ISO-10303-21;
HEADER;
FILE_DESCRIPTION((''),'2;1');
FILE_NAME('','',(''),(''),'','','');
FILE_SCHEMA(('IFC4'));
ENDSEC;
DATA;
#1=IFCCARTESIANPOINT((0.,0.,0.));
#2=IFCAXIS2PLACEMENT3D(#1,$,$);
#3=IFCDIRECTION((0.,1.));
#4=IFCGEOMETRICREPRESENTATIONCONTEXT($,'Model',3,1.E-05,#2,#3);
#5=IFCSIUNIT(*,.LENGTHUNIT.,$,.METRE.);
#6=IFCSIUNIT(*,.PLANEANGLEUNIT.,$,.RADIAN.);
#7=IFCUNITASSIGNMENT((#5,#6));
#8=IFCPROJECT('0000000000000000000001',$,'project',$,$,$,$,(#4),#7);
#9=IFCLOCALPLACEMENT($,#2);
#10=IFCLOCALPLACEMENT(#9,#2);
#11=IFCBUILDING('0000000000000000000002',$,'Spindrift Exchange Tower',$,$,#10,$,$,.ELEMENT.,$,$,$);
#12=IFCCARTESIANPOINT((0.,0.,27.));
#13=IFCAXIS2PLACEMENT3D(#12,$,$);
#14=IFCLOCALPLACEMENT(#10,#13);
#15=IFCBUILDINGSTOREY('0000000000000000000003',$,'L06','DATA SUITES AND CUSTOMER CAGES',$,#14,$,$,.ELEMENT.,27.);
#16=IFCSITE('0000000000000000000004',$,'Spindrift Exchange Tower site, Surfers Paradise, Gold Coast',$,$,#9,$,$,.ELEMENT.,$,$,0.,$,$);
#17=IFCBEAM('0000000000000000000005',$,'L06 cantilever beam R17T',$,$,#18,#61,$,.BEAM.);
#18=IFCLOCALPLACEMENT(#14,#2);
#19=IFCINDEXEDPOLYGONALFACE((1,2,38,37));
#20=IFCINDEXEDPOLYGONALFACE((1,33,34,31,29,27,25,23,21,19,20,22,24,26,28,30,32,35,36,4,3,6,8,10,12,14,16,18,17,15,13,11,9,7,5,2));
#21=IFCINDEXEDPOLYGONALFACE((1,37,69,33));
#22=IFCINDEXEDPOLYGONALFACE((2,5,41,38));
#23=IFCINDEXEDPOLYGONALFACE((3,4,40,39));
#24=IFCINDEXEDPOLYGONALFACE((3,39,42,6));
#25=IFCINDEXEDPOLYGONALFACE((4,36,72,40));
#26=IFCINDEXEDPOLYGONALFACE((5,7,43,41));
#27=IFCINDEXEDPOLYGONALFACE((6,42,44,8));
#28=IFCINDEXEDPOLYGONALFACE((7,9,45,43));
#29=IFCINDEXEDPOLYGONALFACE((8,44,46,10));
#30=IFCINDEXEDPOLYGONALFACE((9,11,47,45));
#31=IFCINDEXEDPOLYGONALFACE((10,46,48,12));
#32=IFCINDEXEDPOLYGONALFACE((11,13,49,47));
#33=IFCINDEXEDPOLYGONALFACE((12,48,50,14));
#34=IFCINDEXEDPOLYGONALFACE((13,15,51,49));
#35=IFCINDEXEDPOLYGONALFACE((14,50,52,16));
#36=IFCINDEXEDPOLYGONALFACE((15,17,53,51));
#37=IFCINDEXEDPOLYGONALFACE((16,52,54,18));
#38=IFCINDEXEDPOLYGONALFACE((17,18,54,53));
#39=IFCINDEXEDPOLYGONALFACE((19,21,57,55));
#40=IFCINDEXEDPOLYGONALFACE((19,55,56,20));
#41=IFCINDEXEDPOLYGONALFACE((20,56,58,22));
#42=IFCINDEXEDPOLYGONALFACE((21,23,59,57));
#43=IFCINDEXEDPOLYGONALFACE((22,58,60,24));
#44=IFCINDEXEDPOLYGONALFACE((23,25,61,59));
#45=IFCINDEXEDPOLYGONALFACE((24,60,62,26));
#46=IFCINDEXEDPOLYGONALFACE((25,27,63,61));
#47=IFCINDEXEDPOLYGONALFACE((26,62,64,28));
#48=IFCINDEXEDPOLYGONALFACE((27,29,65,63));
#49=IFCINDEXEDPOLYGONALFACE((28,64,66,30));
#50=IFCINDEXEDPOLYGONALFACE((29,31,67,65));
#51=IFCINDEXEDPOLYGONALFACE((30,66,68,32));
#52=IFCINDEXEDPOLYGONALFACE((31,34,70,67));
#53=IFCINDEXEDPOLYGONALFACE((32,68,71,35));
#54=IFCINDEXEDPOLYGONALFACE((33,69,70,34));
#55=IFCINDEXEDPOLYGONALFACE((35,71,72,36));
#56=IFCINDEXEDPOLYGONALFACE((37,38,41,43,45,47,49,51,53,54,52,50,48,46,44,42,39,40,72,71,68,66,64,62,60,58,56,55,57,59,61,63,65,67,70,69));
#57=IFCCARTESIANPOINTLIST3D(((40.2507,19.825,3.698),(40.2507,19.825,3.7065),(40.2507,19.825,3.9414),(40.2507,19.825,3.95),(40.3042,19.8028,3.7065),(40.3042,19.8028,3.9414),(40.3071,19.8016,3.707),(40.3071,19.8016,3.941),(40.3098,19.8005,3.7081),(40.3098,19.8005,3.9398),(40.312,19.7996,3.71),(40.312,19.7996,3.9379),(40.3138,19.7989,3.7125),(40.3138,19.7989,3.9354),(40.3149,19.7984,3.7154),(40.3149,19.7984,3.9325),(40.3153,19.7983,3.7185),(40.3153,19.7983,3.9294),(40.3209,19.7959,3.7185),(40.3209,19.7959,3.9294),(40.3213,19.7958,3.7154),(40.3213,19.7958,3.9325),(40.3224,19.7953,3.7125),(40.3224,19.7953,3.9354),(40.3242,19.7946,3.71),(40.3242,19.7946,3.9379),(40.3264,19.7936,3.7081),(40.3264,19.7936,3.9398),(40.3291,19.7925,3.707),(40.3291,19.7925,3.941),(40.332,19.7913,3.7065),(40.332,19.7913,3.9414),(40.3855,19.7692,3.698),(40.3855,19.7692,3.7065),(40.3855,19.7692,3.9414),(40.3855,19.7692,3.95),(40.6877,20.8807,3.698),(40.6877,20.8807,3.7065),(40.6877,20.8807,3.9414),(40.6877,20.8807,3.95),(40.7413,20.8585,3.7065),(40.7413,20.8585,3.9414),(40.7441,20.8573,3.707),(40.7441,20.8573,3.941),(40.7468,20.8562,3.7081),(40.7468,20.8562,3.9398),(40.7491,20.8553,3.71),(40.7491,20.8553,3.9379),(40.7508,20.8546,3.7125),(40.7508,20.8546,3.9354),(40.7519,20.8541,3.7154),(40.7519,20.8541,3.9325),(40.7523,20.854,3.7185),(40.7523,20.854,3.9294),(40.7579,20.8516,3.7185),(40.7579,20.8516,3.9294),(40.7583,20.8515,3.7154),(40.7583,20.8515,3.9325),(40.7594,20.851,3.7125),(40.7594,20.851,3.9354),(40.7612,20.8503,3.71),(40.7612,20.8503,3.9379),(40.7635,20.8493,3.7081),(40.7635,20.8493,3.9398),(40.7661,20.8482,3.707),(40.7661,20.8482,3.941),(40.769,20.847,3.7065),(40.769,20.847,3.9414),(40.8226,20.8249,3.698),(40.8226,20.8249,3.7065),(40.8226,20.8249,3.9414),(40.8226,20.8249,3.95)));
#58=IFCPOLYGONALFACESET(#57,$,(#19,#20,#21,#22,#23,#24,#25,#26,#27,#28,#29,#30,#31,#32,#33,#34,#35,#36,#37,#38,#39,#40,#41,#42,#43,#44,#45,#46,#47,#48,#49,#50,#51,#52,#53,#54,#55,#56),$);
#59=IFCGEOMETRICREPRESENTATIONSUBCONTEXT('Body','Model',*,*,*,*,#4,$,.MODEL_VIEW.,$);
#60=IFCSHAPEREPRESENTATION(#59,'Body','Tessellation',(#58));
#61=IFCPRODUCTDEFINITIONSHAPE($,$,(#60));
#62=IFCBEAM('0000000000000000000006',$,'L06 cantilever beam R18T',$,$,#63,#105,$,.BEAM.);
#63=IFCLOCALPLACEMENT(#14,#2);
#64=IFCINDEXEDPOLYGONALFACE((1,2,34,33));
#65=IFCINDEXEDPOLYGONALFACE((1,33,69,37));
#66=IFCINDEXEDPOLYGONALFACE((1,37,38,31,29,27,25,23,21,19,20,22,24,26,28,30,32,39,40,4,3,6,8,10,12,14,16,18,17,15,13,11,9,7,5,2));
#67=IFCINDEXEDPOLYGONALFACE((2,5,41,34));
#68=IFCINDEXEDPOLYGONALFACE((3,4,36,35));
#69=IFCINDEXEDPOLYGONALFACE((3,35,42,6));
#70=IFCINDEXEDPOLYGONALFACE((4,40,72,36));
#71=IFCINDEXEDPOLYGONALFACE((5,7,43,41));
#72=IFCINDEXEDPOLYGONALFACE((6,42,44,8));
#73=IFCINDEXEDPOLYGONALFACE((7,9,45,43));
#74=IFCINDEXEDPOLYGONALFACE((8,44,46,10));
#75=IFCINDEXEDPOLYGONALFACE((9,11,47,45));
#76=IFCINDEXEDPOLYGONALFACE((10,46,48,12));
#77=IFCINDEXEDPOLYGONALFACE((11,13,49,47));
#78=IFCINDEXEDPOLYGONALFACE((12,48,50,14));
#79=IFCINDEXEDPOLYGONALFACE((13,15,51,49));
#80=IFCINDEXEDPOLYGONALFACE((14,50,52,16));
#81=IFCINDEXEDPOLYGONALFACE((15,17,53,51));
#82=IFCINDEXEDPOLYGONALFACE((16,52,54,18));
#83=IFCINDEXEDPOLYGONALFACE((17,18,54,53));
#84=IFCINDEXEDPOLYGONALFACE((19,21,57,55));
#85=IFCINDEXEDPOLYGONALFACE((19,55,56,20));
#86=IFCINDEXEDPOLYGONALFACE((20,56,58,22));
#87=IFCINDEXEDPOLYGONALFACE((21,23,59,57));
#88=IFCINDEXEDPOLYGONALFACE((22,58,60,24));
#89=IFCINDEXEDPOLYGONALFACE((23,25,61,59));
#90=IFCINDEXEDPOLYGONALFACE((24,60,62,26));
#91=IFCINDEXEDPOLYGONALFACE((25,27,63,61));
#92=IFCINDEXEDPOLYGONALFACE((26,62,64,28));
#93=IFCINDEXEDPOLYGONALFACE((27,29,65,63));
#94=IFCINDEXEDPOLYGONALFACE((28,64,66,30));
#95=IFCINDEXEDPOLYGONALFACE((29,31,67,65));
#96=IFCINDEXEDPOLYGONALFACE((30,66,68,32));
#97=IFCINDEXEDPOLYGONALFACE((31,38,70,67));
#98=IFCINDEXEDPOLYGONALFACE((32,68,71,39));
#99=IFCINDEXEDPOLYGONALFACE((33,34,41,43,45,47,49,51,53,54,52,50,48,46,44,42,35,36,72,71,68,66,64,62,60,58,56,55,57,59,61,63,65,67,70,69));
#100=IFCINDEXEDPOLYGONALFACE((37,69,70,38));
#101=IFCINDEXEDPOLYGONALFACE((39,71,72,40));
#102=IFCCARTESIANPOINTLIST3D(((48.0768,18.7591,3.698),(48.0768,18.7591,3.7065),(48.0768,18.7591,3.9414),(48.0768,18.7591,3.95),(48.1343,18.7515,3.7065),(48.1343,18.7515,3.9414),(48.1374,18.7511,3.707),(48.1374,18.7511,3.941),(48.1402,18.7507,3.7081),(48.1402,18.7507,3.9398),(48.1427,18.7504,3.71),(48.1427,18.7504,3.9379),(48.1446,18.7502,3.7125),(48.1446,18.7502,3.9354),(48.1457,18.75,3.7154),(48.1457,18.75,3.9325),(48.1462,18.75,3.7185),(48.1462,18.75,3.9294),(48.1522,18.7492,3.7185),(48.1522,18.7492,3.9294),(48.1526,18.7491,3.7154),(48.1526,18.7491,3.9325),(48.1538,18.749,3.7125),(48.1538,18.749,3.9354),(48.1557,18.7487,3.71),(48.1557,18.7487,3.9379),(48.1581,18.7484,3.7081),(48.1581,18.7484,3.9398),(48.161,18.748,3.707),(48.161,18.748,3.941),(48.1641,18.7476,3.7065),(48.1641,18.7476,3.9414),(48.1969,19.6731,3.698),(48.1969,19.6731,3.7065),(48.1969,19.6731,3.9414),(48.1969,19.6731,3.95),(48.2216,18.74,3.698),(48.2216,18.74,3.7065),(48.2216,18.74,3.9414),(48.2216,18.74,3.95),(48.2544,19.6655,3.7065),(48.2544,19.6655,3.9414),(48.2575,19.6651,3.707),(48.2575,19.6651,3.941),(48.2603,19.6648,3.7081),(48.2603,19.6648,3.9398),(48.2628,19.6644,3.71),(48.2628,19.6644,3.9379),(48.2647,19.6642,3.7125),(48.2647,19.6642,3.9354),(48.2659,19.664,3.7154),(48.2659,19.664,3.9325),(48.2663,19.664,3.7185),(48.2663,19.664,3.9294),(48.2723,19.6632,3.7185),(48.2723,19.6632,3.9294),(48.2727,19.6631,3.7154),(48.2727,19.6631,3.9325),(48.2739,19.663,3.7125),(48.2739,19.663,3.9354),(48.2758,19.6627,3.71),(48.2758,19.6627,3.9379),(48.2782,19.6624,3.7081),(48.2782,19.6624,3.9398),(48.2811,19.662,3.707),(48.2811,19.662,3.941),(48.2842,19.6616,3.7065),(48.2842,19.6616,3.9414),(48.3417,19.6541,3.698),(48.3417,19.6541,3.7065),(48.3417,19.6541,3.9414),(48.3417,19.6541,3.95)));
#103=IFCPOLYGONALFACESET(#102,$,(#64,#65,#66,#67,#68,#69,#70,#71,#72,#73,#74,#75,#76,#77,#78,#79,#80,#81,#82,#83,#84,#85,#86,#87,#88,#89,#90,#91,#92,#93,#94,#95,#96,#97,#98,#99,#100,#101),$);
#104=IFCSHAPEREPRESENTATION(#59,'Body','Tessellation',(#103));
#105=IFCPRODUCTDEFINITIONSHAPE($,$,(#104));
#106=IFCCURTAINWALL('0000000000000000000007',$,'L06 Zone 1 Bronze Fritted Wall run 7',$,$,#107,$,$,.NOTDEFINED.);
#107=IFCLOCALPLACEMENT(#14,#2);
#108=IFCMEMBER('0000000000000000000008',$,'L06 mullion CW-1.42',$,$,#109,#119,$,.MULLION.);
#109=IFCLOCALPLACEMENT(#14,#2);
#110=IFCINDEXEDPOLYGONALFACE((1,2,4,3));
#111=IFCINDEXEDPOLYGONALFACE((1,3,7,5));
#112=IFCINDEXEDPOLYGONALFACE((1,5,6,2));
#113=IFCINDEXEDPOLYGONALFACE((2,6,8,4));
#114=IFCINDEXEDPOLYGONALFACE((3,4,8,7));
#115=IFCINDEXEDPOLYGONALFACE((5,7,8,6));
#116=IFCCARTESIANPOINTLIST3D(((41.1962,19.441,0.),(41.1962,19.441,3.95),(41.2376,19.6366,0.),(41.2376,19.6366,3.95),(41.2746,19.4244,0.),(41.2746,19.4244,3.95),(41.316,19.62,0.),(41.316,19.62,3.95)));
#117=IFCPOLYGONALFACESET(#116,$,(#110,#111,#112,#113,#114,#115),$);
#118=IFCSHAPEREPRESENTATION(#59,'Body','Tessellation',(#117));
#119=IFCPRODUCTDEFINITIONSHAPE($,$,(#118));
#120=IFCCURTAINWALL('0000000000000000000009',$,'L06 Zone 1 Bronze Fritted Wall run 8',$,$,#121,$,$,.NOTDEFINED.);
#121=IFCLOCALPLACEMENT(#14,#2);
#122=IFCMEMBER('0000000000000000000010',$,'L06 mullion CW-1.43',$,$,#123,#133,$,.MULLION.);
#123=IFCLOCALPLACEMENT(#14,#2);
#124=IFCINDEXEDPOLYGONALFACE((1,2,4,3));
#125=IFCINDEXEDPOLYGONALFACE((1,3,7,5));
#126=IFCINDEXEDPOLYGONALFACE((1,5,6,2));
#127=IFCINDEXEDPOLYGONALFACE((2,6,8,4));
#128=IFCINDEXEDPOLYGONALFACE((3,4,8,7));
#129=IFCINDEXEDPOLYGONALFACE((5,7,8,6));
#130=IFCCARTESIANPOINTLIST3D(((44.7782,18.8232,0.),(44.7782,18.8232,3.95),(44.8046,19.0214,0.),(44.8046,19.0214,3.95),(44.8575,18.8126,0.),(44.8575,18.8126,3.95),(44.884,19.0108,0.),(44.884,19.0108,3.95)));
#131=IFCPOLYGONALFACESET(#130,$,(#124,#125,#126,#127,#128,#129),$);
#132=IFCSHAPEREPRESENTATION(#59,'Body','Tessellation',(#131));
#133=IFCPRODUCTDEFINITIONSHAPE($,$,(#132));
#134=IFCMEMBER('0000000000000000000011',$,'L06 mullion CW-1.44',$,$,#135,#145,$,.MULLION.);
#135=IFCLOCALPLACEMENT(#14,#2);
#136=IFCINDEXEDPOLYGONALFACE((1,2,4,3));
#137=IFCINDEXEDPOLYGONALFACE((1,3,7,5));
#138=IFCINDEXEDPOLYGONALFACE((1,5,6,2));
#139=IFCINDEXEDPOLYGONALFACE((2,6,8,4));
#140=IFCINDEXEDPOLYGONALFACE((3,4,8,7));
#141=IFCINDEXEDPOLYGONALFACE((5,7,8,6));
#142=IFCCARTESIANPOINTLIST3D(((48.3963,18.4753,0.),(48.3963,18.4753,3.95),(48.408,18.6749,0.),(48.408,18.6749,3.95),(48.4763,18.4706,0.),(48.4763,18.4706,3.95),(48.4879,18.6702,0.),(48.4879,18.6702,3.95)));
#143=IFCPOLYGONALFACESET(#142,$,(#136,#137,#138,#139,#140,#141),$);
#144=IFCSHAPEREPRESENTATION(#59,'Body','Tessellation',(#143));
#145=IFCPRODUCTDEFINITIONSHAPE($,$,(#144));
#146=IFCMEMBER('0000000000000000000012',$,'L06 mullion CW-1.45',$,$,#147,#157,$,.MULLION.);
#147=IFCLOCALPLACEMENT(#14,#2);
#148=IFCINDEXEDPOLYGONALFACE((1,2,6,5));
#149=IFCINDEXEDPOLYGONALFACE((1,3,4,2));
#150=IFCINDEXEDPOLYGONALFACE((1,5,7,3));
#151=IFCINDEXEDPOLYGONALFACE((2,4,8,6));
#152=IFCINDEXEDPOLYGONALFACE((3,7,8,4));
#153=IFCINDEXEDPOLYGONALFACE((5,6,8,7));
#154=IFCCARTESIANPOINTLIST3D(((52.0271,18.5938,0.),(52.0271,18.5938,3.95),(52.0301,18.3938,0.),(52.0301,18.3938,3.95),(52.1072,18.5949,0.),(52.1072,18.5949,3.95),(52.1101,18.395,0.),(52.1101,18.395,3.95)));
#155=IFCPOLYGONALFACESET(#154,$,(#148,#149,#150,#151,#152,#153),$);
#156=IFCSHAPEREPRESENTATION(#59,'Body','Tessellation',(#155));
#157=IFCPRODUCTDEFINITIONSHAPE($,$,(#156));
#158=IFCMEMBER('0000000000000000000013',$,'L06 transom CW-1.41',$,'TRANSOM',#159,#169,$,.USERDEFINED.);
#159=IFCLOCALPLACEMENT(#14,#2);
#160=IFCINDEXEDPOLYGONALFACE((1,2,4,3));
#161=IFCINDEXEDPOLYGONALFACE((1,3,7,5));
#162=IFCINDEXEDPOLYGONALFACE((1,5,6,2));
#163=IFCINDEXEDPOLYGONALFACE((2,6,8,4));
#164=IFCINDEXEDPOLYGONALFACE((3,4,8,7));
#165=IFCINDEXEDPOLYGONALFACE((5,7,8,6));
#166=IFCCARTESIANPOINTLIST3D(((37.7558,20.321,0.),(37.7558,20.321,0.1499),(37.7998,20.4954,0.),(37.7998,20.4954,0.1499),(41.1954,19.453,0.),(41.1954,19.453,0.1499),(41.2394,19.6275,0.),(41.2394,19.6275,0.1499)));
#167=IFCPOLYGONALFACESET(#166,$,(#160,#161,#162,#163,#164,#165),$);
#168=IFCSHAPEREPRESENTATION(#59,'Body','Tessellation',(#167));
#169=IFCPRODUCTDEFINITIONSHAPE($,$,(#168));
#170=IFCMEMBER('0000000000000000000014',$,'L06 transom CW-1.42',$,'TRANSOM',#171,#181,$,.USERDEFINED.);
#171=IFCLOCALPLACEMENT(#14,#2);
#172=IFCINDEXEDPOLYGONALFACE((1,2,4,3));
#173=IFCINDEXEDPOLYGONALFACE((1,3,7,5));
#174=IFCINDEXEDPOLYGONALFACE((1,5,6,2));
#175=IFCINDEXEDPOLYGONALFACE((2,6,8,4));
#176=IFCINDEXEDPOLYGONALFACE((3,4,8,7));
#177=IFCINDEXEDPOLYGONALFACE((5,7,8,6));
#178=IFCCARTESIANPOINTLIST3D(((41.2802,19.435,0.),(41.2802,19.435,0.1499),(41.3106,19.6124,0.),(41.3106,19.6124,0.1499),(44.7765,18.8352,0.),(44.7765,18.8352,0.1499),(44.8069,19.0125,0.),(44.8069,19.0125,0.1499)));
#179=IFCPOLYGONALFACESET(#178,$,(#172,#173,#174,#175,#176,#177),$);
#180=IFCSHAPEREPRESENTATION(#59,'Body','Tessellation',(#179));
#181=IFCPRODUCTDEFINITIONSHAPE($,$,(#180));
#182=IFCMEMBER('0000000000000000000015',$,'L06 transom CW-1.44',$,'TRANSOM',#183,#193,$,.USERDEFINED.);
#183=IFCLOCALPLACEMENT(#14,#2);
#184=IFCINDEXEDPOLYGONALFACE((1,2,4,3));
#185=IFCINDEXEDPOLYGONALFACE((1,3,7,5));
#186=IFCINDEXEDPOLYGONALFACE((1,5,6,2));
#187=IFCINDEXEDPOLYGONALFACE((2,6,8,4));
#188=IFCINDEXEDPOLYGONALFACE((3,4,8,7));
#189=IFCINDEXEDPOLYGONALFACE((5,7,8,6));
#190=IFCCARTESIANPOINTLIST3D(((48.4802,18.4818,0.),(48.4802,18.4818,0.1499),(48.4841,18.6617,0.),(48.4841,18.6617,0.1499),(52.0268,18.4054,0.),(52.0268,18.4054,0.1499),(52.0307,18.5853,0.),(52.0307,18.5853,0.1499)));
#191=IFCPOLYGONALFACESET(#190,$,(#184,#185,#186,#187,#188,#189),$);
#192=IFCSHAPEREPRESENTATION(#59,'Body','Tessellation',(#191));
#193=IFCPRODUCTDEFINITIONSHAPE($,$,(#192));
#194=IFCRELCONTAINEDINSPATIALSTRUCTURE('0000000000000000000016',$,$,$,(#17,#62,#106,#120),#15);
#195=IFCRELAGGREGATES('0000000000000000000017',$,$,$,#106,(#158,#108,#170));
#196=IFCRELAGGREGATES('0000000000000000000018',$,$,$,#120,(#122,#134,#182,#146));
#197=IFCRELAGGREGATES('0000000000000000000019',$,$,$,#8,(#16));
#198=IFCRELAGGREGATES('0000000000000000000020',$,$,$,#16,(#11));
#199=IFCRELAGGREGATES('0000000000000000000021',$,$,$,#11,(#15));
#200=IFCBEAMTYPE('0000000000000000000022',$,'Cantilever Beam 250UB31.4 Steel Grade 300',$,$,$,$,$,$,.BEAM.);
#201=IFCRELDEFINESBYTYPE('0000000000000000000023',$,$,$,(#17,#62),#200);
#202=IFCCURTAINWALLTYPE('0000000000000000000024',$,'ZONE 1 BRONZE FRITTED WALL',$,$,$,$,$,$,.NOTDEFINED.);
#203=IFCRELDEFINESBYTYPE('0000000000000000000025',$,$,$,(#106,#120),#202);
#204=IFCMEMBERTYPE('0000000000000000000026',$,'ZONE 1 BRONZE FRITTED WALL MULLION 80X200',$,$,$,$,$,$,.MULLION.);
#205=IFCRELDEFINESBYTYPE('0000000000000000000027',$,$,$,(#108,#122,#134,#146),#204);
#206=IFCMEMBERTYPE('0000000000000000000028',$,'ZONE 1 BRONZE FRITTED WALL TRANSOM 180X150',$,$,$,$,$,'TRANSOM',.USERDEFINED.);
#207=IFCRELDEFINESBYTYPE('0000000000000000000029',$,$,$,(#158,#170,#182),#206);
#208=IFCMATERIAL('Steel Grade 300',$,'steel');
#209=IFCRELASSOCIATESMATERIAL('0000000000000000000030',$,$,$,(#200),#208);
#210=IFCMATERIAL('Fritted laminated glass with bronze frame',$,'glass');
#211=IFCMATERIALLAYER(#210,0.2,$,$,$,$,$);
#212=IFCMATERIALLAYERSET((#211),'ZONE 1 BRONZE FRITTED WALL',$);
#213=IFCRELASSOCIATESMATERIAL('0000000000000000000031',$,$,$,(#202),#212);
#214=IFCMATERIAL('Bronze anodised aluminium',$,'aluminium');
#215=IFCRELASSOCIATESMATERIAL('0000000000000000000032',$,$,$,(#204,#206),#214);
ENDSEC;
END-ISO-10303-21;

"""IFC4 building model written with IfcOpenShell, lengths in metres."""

from ifc_helpers import new_model, si_unit, direction, frame, origin, origin_2d, place, context, subcontext, project, spatial, rectangle, i_section, extrude, source, transform, mapped, material, layer, layer_set, material_profile, profile_set, type_object, element, aggregate, save


model = new_model("IFC4")

# Units and contexts
model_context = context("Model", 3, precision=1e-05, world=origin(), true_north=direction((0.0, 1.0)))
body_context = subcontext(model_context, "Body", "Model", "MODEL_VIEW")
ifc_project = project(units=[si_unit("LENGTHUNIT", "METRE"), si_unit("PLANEANGLEUNIT", "RADIAN")], contexts=[model_context])

# Site, building, storey
site_placement = place(None, origin())
site = spatial("IfcSite", under=ifc_project, at=site_placement, Name="Spindrift Exchange Tower site, Surfers Paradise, Gold Coast", CompositionType="ELEMENT", RefElevation=0.0)
building_placement = place(site_placement, origin())
building = spatial("IfcBuilding", under=site, at=building_placement, Name="Spindrift Exchange Tower", CompositionType="ELEMENT")
storey_placement = place(building_placement, frame((0.0, 0.0, 27.0)))
storey = spatial("IfcBuildingStorey", under=building, at=storey_placement, Name="L06", Description="DATA SUITES AND CUSTOMER CAGES", CompositionType="ELEMENT", Elevation=27.0)

# Beams
ifc_material_1 = material(Name="Steel Grade 300", Category="steel")
ifc_material_profile_1 = material_profile(ifc_material_1, i_section(OverallWidth=0.146, OverallDepth=0.252, WebThickness=0.0061, FlangeThickness=0.0085, FilletRadius=0.012, at=origin_2d()), Name="250UB31.4")
ifc_profile_set_1 = profile_set([ifc_material_profile_1], Name="Steel Grade 300")
beam_type_1 = type_object("IfcBeamType", Name="Cantilever Beam 250UB31.4 Steel Grade 300", PredefinedType="BEAM", material=ifc_profile_set_1)
shared_shape_1 = source(origin(), body_context, "Body", "SweptSolid", [
    extrude(i_section(OverallWidth=0.146, OverallDepth=0.252, WebThickness=0.0061, FlangeThickness=0.0085, FilletRadius=0.012, at=origin_2d()), origin(), (0.0, 0.0, 1.0), 1.1426),
])
beam_1_placement = place(storey_placement, frame((40.7551, 20.8528, 3.824), z_axis=(-0.38249, -0.92396, 0.0), x_axis=(0.92396, -0.38249, 0.0)))
element("IfcBeam", 1, at=beam_1_placement, inside=storey, type_object=beam_type_1, Name="L06 cantilever beam R17T", PredefinedType="BEAM", context=body_context, shape_type="MappedRepresentation", body=[
    mapped(shared_shape_1, transform((0.0, 0.0, 0.0), scale=1.0)),
])
shared_shape_2 = source(origin(), body_context, "Body", "SweptSolid", [
    extrude(i_section(OverallWidth=0.146, OverallDepth=0.252, WebThickness=0.0061, FlangeThickness=0.0085, FilletRadius=0.012, at=origin_2d()), origin(), (0.0, 0.0, 1.0), 0.9219),
])
beam_2_placement = place(storey_placement, frame((48.2693, 19.6636, 3.824), z_axis=(-0.13029, -0.991476, 0.0), x_axis=(0.991476, -0.13029, 0.0)))
element("IfcBeam", 2, at=beam_2_placement, inside=storey, type_object=beam_type_1, Name="L06 cantilever beam R18T", PredefinedType="BEAM", context=body_context, shape_type="MappedRepresentation", body=[
    mapped(shared_shape_2, transform((0.0, 0.0, 0.0), scale=1.0)),
])

# Curtain wall, member
ifc_material_2 = material(Name="Fritted laminated glass with bronze frame", Category="glass")
ifc_layer_1 = layer(ifc_material_2, 0.2)
ifc_layer_set_1 = layer_set([ifc_layer_1], Name="ZONE 1 BRONZE FRITTED WALL")
curtain_wall_type = type_object("IfcCurtainWallType", Name="ZONE 1 BRONZE FRITTED WALL", PredefinedType="NOTDEFINED", material=ifc_layer_set_1)
curtain_wall_1_placement = place(storey_placement, origin())
curtain_wall_1 = element("IfcCurtainWall", 3, at=curtain_wall_1_placement, inside=storey, type_object=curtain_wall_type, Name="L06 Zone 1 Bronze Fritted Wall run 7", PredefinedType="NOTDEFINED")
ifc_material_3 = material(Name="Bronze anodised aluminium", Category="aluminium")
ifc_material_profile_2 = material_profile(ifc_material_3, rectangle(XDim=0.0801, YDim=0.2, at=origin_2d()), Name="ZONE 1 BRONZE FRITTED WALL MULLION 80X200")
ifc_profile_set_2 = profile_set([ifc_material_profile_2], Name="Bronze anodised aluminium")
member_type_1 = type_object("IfcMemberType", Name="ZONE 1 BRONZE FRITTED WALL MULLION 80X200", PredefinedType="MULLION", material=ifc_profile_set_2)
shared_shape_3 = source(origin(), body_context, "Body", "SweptSolid", [
    extrude(rectangle(XDim=0.0801, YDim=0.2, at=origin_2d()), origin(), (0.0, 0.0, 1.0), 3.95),
])
member_1_placement = place(storey_placement, frame((41.2561, 19.5305, 0.0), z_axis=(0.0, 0.0, 1.0), x_axis=(0.978331, -0.207045, 0.0)))
member_1 = element("IfcMember", 4, at=member_1_placement, type_object=member_type_1, Name="L06 mullion CW-1.42", PredefinedType="MULLION", context=body_context, shape_type="MappedRepresentation", body=[
    mapped(shared_shape_3, transform((0.0, 0.0, 0.0), scale=1.0)),
])

# Curtain wall, members
curtain_wall_2_placement = place(storey_placement, origin())
curtain_wall_2 = element("IfcCurtainWall", 5, at=curtain_wall_2_placement, inside=storey, type_object=curtain_wall_type, Name="L06 Zone 1 Bronze Fritted Wall run 8", PredefinedType="NOTDEFINED")
member_2_placement = place(storey_placement, frame((44.8311, 18.917, 0.0), z_axis=(0.0, 0.0, 1.0), x_axis=(0.991234, -0.132117, 0.0)))
member_2 = element("IfcMember", 6, at=member_2_placement, type_object=member_type_1, Name="L06 mullion CW-1.43", PredefinedType="MULLION", context=body_context, shape_type="MappedRepresentation", body=[
    mapped(shared_shape_3, transform((0.0, 0.0, 0.0), scale=1.0)),
])
member_3_placement = place(storey_placement, frame((48.4421, 18.5728, 0.0), z_axis=(0.0, 0.0, 1.0), x_axis=(0.9983, -0.058291, 0.0)))
member_3 = element("IfcMember", 7, at=member_3_placement, type_object=member_type_1, Name="L06 mullion CW-1.44", PredefinedType="MULLION", context=body_context, shape_type="MappedRepresentation", body=[
    mapped(shared_shape_3, transform((0.0, 0.0, 0.0), scale=1.0)),
])
member_4_placement = place(storey_placement, frame((52.0686, 18.4944, 0.0), z_axis=(0.0, 0.0, 1.0), x_axis=(0.99989, 0.014842, 0.0)))
member_4 = element("IfcMember", 8, at=member_4_placement, type_object=member_type_1, Name="L06 mullion CW-1.45", PredefinedType="MULLION", context=body_context, shape_type="MappedRepresentation", body=[
    mapped(shared_shape_3, transform((0.0, 0.0, 0.0), scale=1.0)),
])

# Members
ifc_material_profile_3 = material_profile(ifc_material_3, rectangle(XDim=0.1799, YDim=0.1499, at=origin_2d()), Name="ZONE 1 BRONZE FRITTED WALL TRANSOM 180X150")
ifc_profile_set_3 = profile_set([ifc_material_profile_3], Name="Bronze anodised aluminium")
member_type_2 = type_object("IfcMemberType", Name="ZONE 1 BRONZE FRITTED WALL TRANSOM 180X150", ElementType="TRANSOM", PredefinedType="USERDEFINED", material=ifc_profile_set_3)
shared_shape_4 = source(origin(), body_context, "Body", "SweptSolid", [
    extrude(rectangle(XDim=0.1799, YDim=0.1499, at=origin_2d()), origin(), (0.0, 0.0, 1.0), 3.5474),
])
member_5_placement = place(storey_placement, frame((37.7778, 20.4082, 0.075), z_axis=(0.969606, -0.244673, 0.0), x_axis=(0.244673, 0.969606, 0.0)))
member_5 = element("IfcMember", 9, at=member_5_placement, type_object=member_type_2, Name="L06 transom CW-1.41", ObjectType="TRANSOM", PredefinedType="USERDEFINED", context=body_context, shape_type="MappedRepresentation", body=[
    mapped(shared_shape_4, transform((0.0, 0.0, 0.0), scale=1.0)),
])
member_6_placement = place(storey_placement, frame((41.2954, 19.5237, 0.075), z_axis=(0.9856, -0.169096, 0.0), x_axis=(0.169096, 0.9856, 0.0)))
member_6 = element("IfcMember", 10, at=member_6_placement, type_object=member_type_2, Name="L06 transom CW-1.42", ObjectType="TRANSOM", PredefinedType="USERDEFINED", context=body_context, shape_type="MappedRepresentation", body=[
    mapped(shared_shape_4, transform((0.0, 0.0, 0.0), scale=1.0)),
])
member_7_placement = place(storey_placement, frame((48.4822, 18.5718, 0.075), z_axis=(0.999768, -0.021541, 0.0), x_axis=(0.021541, 0.999768, 0.0)))
member_7 = element("IfcMember", 11, at=member_7_placement, type_object=member_type_2, Name="L06 transom CW-1.44", ObjectType="TRANSOM", PredefinedType="USERDEFINED", context=body_context, shape_type="MappedRepresentation", body=[
    mapped(shared_shape_4, transform((0.0, 0.0, 0.0), scale=1.0)),
])

aggregate(curtain_wall_1, [member_5, member_1, member_6])
aggregate(curtain_wall_2, [member_2, member_3, member_7, member_4])

save(model, "model.ifc")
